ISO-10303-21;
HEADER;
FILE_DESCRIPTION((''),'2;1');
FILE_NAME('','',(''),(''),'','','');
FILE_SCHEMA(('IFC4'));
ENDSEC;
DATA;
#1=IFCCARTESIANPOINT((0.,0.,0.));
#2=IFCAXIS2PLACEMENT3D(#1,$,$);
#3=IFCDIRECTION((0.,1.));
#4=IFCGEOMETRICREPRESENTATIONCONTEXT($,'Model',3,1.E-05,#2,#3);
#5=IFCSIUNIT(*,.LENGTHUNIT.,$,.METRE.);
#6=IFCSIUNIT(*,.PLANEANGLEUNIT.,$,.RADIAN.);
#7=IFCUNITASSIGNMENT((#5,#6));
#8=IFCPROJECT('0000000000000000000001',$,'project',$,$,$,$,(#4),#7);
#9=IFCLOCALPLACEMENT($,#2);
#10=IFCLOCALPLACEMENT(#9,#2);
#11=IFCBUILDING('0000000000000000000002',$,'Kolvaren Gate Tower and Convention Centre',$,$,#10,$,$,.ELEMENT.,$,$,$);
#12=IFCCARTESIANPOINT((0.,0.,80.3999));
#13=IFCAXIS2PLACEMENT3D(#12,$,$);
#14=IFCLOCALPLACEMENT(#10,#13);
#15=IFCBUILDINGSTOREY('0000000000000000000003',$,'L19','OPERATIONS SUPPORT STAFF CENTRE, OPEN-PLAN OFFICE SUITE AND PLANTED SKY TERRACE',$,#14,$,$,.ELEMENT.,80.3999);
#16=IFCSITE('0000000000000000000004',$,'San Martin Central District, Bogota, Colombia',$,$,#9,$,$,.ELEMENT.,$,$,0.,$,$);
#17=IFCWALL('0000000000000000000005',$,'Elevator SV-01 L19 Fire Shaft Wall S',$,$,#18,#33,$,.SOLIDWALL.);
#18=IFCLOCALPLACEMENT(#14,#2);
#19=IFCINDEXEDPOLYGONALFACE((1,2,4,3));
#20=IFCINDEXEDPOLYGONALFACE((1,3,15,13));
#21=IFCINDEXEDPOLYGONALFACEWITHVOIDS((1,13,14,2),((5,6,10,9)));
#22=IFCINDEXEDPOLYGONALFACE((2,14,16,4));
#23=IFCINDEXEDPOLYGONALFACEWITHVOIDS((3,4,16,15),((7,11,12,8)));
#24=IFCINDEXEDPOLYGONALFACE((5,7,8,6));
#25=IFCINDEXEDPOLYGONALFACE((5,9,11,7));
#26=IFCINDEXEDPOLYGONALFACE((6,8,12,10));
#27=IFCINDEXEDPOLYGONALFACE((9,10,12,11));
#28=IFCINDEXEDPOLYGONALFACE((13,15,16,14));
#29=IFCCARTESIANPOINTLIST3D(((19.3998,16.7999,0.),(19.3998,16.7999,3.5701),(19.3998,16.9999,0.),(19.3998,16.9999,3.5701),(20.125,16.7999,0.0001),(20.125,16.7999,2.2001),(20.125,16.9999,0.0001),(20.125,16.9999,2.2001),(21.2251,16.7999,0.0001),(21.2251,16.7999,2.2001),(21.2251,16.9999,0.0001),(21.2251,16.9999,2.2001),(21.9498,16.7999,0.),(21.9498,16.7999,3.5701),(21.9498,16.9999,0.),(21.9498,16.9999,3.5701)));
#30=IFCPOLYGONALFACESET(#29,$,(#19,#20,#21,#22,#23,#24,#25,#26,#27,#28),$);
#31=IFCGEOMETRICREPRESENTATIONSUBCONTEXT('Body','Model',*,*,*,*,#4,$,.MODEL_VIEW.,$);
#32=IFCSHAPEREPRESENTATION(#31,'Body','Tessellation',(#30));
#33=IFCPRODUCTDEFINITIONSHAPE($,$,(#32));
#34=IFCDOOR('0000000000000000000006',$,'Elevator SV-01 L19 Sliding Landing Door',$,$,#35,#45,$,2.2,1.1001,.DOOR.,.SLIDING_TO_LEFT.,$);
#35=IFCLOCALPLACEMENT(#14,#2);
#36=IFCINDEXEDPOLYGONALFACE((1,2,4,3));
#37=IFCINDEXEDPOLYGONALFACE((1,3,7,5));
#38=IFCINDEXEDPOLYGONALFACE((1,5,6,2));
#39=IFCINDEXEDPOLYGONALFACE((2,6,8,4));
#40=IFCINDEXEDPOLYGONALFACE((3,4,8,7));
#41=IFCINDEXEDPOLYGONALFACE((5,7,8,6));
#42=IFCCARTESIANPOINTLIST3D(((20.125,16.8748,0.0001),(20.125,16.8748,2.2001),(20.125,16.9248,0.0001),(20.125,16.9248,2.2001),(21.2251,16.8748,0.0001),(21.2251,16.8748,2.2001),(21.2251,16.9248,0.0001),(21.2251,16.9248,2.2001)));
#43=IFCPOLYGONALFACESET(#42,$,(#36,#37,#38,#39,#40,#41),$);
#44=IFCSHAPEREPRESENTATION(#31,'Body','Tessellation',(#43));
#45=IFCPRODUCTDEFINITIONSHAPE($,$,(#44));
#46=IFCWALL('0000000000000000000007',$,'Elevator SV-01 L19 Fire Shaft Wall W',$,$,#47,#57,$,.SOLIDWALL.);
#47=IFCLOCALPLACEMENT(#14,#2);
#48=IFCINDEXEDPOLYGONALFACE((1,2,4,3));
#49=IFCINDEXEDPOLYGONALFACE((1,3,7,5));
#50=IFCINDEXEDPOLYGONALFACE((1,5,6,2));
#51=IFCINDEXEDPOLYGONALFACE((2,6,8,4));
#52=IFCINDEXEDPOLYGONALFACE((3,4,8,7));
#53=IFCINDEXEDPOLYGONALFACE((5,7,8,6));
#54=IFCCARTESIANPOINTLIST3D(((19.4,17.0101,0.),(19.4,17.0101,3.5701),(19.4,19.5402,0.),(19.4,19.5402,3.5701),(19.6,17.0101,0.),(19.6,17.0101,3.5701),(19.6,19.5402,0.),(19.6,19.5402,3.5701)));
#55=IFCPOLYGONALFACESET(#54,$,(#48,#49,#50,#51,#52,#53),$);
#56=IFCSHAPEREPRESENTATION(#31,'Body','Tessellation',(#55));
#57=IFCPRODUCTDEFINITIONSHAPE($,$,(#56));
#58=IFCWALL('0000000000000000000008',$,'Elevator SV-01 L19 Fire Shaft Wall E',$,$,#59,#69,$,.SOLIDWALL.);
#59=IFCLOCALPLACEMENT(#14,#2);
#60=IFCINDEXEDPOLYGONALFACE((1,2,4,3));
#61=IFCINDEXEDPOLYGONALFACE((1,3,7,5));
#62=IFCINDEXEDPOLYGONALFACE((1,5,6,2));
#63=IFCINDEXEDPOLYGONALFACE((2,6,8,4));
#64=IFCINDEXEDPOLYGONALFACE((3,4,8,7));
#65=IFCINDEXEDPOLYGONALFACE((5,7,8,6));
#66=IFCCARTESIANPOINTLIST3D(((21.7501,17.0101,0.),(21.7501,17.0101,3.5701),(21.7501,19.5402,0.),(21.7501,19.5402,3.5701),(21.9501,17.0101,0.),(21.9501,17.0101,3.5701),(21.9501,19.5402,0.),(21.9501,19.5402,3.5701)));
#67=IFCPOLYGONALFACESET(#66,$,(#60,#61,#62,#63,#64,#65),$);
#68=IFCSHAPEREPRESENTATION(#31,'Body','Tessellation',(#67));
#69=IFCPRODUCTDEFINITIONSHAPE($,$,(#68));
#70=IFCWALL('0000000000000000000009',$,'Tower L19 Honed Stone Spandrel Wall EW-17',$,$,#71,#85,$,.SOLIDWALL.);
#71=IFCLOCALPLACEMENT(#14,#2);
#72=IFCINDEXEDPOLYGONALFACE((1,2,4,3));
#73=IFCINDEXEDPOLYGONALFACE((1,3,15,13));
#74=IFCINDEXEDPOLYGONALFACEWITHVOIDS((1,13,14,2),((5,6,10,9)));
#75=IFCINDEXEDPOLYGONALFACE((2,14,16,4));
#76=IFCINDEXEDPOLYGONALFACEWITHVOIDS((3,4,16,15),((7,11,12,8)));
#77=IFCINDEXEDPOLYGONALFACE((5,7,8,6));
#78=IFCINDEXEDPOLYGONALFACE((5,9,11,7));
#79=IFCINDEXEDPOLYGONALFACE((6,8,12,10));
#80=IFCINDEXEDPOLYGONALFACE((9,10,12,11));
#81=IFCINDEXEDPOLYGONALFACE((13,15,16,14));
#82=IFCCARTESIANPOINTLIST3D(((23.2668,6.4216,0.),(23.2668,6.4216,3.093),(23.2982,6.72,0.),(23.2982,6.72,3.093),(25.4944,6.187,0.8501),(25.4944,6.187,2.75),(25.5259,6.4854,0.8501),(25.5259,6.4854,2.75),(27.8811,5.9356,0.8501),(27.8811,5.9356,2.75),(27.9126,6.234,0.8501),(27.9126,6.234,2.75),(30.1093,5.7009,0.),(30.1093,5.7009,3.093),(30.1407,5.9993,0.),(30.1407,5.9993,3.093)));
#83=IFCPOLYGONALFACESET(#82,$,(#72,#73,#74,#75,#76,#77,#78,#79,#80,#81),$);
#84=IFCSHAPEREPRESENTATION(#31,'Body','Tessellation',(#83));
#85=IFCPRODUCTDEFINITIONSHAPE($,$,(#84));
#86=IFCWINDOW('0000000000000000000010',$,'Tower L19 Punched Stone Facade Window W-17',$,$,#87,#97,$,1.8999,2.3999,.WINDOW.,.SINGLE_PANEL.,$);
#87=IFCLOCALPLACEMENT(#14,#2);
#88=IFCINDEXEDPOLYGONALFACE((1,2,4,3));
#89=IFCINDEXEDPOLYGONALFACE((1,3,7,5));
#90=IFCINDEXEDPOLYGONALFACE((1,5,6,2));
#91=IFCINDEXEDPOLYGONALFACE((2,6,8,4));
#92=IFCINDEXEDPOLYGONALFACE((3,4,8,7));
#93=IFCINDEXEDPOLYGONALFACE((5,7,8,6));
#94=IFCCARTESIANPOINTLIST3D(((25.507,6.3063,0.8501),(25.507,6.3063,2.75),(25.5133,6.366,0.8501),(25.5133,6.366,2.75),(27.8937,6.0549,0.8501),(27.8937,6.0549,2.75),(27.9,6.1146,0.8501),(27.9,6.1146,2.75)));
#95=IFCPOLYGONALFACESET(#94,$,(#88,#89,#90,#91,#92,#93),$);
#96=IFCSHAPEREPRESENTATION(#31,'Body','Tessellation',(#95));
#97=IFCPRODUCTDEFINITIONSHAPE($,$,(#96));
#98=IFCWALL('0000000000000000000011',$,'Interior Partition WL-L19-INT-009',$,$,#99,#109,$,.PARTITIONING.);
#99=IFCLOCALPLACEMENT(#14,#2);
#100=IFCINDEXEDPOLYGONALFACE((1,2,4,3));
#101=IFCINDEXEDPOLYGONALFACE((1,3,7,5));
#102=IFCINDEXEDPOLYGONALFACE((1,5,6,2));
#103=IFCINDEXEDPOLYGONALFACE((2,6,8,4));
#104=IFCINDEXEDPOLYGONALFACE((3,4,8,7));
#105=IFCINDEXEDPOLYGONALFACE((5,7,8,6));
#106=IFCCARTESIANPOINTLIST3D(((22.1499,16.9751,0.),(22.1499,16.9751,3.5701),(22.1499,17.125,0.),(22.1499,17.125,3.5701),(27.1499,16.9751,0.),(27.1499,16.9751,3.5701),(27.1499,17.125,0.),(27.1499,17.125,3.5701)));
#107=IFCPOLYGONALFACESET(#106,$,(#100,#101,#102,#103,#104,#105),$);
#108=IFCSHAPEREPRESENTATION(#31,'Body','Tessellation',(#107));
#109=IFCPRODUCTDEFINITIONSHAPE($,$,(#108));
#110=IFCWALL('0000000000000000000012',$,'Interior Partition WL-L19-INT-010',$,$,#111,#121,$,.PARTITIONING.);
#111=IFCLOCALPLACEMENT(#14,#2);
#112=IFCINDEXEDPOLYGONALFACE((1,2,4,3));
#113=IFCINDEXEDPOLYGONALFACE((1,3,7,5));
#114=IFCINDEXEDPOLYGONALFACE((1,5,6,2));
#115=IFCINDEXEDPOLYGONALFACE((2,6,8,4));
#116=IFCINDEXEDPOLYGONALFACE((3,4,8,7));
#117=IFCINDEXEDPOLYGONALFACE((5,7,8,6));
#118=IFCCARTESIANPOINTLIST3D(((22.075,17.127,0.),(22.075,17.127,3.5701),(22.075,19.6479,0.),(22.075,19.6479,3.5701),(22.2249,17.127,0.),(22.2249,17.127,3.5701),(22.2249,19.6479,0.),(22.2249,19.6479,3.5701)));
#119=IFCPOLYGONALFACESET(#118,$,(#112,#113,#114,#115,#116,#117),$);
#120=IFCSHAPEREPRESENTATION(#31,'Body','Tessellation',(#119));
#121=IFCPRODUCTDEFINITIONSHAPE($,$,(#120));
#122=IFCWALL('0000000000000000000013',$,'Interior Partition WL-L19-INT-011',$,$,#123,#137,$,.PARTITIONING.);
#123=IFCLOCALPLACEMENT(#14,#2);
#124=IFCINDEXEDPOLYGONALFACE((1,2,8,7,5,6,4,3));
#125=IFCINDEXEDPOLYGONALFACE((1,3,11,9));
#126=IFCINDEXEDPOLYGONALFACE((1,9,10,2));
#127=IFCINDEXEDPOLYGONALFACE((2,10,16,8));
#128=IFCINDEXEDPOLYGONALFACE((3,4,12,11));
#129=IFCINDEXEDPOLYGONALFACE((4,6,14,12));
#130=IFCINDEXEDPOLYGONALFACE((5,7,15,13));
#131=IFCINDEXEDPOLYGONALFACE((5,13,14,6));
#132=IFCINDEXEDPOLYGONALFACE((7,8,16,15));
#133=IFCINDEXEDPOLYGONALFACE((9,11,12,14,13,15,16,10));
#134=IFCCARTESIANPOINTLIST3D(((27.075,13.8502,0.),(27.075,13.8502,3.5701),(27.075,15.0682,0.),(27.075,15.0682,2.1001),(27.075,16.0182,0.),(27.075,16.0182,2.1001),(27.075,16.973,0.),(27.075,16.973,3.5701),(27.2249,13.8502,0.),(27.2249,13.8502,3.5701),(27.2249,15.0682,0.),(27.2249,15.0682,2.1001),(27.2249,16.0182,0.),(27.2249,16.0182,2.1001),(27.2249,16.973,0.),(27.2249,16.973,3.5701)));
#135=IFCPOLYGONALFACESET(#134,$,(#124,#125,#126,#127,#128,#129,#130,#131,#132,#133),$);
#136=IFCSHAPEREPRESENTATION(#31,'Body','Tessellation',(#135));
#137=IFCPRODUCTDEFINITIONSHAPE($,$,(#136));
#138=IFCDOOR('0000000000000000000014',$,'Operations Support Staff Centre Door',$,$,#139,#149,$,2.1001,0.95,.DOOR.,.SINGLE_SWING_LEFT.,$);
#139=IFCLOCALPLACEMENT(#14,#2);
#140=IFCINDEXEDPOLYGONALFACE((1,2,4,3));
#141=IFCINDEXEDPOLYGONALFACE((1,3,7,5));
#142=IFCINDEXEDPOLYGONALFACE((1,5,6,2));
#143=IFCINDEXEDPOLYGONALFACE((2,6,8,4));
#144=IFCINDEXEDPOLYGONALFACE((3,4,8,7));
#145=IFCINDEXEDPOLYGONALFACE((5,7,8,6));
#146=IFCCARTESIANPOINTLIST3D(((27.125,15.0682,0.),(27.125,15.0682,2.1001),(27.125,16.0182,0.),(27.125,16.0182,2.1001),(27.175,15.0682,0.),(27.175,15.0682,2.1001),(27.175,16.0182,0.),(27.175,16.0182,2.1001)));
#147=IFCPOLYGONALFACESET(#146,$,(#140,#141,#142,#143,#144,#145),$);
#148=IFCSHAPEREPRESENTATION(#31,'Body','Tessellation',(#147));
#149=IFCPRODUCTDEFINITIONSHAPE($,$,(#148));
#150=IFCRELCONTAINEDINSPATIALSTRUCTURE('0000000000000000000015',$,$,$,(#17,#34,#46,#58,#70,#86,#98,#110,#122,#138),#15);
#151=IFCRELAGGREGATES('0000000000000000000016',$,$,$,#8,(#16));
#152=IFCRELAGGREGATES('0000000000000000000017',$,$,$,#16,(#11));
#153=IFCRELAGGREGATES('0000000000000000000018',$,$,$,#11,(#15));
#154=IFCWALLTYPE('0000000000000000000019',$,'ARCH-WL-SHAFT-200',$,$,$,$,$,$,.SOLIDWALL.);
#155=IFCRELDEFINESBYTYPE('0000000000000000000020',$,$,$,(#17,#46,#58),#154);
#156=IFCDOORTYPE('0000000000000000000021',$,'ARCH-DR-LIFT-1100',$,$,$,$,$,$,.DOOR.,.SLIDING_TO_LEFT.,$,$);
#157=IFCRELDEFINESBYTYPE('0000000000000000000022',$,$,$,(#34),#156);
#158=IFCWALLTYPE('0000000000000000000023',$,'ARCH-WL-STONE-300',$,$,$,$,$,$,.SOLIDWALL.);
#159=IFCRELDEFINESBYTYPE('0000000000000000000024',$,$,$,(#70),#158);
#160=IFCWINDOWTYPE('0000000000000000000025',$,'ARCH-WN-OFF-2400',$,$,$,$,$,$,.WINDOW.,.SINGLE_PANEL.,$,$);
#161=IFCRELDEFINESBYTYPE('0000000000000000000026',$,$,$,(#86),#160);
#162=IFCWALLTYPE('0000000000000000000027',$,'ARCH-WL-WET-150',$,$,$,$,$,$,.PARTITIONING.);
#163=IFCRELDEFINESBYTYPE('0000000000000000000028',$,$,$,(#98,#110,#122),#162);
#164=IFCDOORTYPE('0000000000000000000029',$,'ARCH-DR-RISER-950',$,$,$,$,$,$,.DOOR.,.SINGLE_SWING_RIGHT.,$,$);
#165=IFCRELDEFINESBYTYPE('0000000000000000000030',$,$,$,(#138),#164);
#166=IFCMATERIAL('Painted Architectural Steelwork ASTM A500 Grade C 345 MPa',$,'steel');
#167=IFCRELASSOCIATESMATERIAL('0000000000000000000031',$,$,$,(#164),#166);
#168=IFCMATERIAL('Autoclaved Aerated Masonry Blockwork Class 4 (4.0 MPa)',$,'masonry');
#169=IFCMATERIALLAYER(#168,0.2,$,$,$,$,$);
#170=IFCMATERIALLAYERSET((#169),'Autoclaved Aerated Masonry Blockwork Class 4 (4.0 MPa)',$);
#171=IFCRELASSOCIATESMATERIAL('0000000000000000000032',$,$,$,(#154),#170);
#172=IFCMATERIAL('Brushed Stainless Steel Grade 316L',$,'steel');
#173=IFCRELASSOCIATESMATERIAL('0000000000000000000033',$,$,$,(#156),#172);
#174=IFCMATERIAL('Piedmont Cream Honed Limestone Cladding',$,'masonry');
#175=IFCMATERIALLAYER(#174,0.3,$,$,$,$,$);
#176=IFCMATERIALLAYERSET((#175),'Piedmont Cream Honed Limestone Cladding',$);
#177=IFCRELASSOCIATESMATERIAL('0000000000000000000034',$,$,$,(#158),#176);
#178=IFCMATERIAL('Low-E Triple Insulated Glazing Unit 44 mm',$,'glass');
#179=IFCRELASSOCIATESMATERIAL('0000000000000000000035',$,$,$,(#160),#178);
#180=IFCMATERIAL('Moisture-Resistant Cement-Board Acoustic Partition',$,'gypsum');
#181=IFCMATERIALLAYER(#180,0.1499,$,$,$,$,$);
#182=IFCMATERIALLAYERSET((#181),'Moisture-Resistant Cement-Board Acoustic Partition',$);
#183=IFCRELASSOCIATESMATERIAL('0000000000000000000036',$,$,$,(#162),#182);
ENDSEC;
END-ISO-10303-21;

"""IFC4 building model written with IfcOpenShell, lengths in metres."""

from ifc_helpers import new_model, si_unit, direction, frame, frame_2d, origin, place, context, subcontext, project, spatial, rectangle, extrude, material, layer, layer_set, type_object, element, fill, save


model = new_model("IFC4")

# Units and contexts
model_context = context("Model", 3, precision=1e-05, world=origin(), true_north=direction((0.0, 1.0)))
body_context = subcontext(model_context, "Body", "Model", "MODEL_VIEW")
ifc_project = project(units=[si_unit("LENGTHUNIT", "METRE"), si_unit("PLANEANGLEUNIT", "RADIAN")], contexts=[model_context])

# Site, building, storey
site_placement = place(None, origin())
site = spatial("IfcSite", under=ifc_project, at=site_placement, Name="San Martin Central District, Bogota, Colombia", CompositionType="ELEMENT", RefElevation=0.0)
building_placement = place(site_placement, origin())
building = spatial("IfcBuilding", under=site, at=building_placement, Name="Kolvaren Gate Tower and Convention Centre", CompositionType="ELEMENT")
storey_placement = place(building_placement, frame((0.0, 0.0, 80.3999)))
storey = spatial("IfcBuildingStorey", under=building, at=storey_placement, Name="L19", Description="OPERATIONS SUPPORT STAFF CENTRE, OPEN-PLAN OFFICE SUITE AND PLANTED SKY TERRACE", CompositionType="ELEMENT", Elevation=80.3999)

# Shared definitions
ifc_material_1 = material(Name="Painted Architectural Steelwork ASTM A500 Grade C 345 MPa", Category="steel")
door_type_1 = type_object("IfcDoorType", Name="ARCH-DR-RISER-950", OperationType="SINGLE_SWING_RIGHT", PredefinedType="DOOR", material=ifc_material_1)

# Wall, opening, door
ifc_material_2 = material(Name="Autoclaved Aerated Masonry Blockwork Class 4 (4.0 MPa)", Category="masonry")
ifc_layer_1 = layer(ifc_material_2, 0.2)
ifc_layer_set_1 = layer_set([ifc_layer_1], Name="Autoclaved Aerated Masonry Blockwork Class 4 (4.0 MPa)")
wall_type_1 = type_object("IfcWallType", Name="ARCH-WL-SHAFT-200", PredefinedType="SOLIDWALL", material=ifc_layer_set_1)
wall_1_placement = place(storey_placement, frame((19.3999, 16.8999, 0.0), z_axis=(0.0, 0.0, 1.0), x_axis=(1.0, 0.0, 0.0)))
wall_1 = element("IfcWall", 1, at=wall_1_placement, inside=storey, type_object=wall_type_1, Name="Elevator SV-01 L19 Fire Shaft Wall S", PredefinedType="SOLIDWALL", context=body_context, shape_type="SweptSolid", body=[
    extrude(rectangle(XDim=2.55, YDim=0.2, at=frame_2d((1.2749, 0.0))), origin(), (0.0, 0.0, 1.0), 3.5701),
])
opening_1_placement = place(wall_1_placement, frame((0.7251, 0.0, 0.0)))
opening_1 = element("IfcOpeningElement", 2, at=opening_1_placement, cuts=wall_1, PredefinedType="OPENING", context=body_context, shape_type="SweptSolid", body=[
    extrude(rectangle(XDim=1.1001, YDim=2.2, at=frame_2d((0.55, 1.1001))), frame((0.0, 0.1099, 0.0), z_axis=(0.0, -1.0, 0.0), x_axis=(1.0, 0.0, 0.0)), (0.0, 0.0, 1.0), 0.22),
])
ifc_material_3 = material(Name="Brushed Stainless Steel Grade 316L", Category="steel")
door_type_2 = type_object("IfcDoorType", Name="ARCH-DR-LIFT-1100", OperationType="SLIDING_TO_LEFT", PredefinedType="DOOR", material=ifc_material_3)
door_1_placement = place(opening_1_placement, origin())
door_1 = element("IfcDoor", 3, at=door_1_placement, inside=storey, type_object=door_type_2, Name="Elevator SV-01 L19 Sliding Landing Door", OperationType="SLIDING_TO_LEFT", OverallHeight=2.2, OverallWidth=1.1001, PredefinedType="DOOR", context=body_context, shape_type="SweptSolid", body=[
    extrude(rectangle(XDim=1.1001, YDim=2.2, at=frame_2d((0.55, 1.1001))), frame((0.0, 0.0249, 0.0), z_axis=(0.0, -1.0, 0.0), x_axis=(1.0, 0.0, 0.0)), (0.0, 0.0, 1.0), 0.05),
])
fill(opening_1, door_1)

# Walls
for number, where, z_axis, x_axis, name in (
    (4, (19.5, 17.01, 0.0), (0.0, 0.0, 1.0), (0.0, 1.0, 0.0), "Elevator SV-01 L19 Fire Shaft Wall W"),
    (5, (21.8501, 17.01, 0.0), (0.0, 0.0, 1.0), (0.0, 1.0, 0.0), "Elevator SV-01 L19 Fire Shaft Wall E"),
):
    element("IfcWall", number, at=place(storey_placement, frame(where, z_axis=z_axis, x_axis=x_axis)), inside=storey, type_object=wall_type_1, Name=name, PredefinedType="SOLIDWALL", context=body_context, shape_type="SweptSolid", body=[
        extrude(rectangle(XDim=2.53, YDim=0.2, at=frame_2d((1.2651, 0.0))), origin(), (0.0, 0.0, 1.0), 3.5701),
    ])

# Wall, opening, window
ifc_material_4 = material(Name="Piedmont Cream Honed Limestone Cladding", Category="masonry")
ifc_layer_2 = layer(ifc_material_4, 0.3)
ifc_layer_set_2 = layer_set([ifc_layer_2], Name="Piedmont Cream Honed Limestone Cladding")
wall_type_2 = type_object("IfcWallType", Name="ARCH-WL-STONE-300", PredefinedType="SOLIDWALL", material=ifc_layer_set_2)
wall_2_placement = place(storey_placement, frame((23.2825, 6.5708, 0.0), z_axis=(0.0, 0.0, 1.0), x_axis=(0.994499, -0.104748, 0.0)))
wall_2 = element("IfcWall", 6, at=wall_2_placement, inside=storey, type_object=wall_type_2, Name="Tower L19 Honed Stone Spandrel Wall EW-17", PredefinedType="SOLIDWALL", context=body_context, shape_type="SweptSolid", body=[
    extrude(rectangle(XDim=6.8804, YDim=0.3, at=frame_2d((3.4402, 0.0))), origin(), (0.0, 0.0, 1.0), 3.093),
])
opening_2_placement = place(wall_2_placement, frame((2.24, 0.0, 0.8501)))
opening_2 = element("IfcOpeningElement", 7, at=opening_2_placement, cuts=wall_2, PredefinedType="OPENING", context=body_context, shape_type="SweptSolid", body=[
    extrude(rectangle(XDim=2.3999, YDim=1.8999, at=frame_2d((1.2, 0.95))), frame((0.0, 0.1599, 0.0), z_axis=(0.0, -1.0, 0.0), x_axis=(1.0, 0.0, 0.0)), (0.0, 0.0, 1.0), 0.3201),
])
ifc_material_5 = material(Name="Low-E Triple Insulated Glazing Unit 44 mm", Category="glass")
window_type = type_object("IfcWindowType", Name="ARCH-WN-OFF-2400", PartitioningType="SINGLE_PANEL", PredefinedType="WINDOW", material=ifc_material_5)
window_placement = place(opening_2_placement, origin())
window = element("IfcWindow", 8, at=window_placement, inside=storey, type_object=window_type, Name="Tower L19 Punched Stone Facade Window W-17", OverallHeight=1.8999, OverallWidth=2.3999, PartitioningType="SINGLE_PANEL", PredefinedType="WINDOW", context=body_context, shape_type="SweptSolid", body=[
    extrude(rectangle(XDim=2.3999, YDim=1.8999, at=frame_2d((1.2, 0.95))), frame((0.0, 0.03, 0.0), z_axis=(0.0, -1.0, 0.0), x_axis=(1.0, 0.0, 0.0)), (0.0, 0.0, 1.0), 0.0601),
])
fill(opening_2, window)

# Walls
ifc_material_6 = material(Name="Moisture-Resistant Cement-Board Acoustic Partition", Category="gypsum")
ifc_layer_3 = layer(ifc_material_6, 0.1499)
ifc_layer_set_3 = layer_set([ifc_layer_3], Name="Moisture-Resistant Cement-Board Acoustic Partition")
wall_type_3 = type_object("IfcWallType", Name="ARCH-WL-WET-150", PredefinedType="PARTITIONING", material=ifc_layer_set_3)
wall_3_placement = place(storey_placement, frame((22.1499, 17.05, 0.0), z_axis=(0.0, 0.0, 1.0), x_axis=(1.0, 0.0, 0.0)))
element("IfcWall", 9, at=wall_3_placement, inside=storey, type_object=wall_type_3, Name="Interior Partition WL-L19-INT-009", PredefinedType="PARTITIONING", context=body_context, shape_type="SweptSolid", body=[
    extrude(rectangle(XDim=5.0, YDim=0.1499, at=frame_2d((2.5, 0.0))), origin(), (0.0, 0.0, 1.0), 3.5701),
])
wall_4_placement = place(storey_placement, frame((22.1499, 17.127, 0.0), z_axis=(0.0, 0.0, 1.0), x_axis=(0.0, 1.0, 0.0)))
element("IfcWall", 10, at=wall_4_placement, inside=storey, type_object=wall_type_3, Name="Interior Partition WL-L19-INT-010", PredefinedType="PARTITIONING", context=body_context, shape_type="SweptSolid", body=[
    extrude(rectangle(XDim=2.521, YDim=0.1499, at=frame_2d((1.2605, 0.0))), origin(), (0.0, 0.0, 1.0), 3.5701),
])

# Wall, opening, door
wall_5_placement = place(storey_placement, frame((27.1499, 13.8501, 0.0), z_axis=(0.0, 0.0, 1.0), x_axis=(0.0, 1.0, 0.0)))
wall_5 = element("IfcWall", 11, at=wall_5_placement, inside=storey, type_object=wall_type_3, Name="Interior Partition WL-L19-INT-011", PredefinedType="PARTITIONING", context=body_context, shape_type="SweptSolid", body=[
    extrude(rectangle(XDim=3.1228, YDim=0.1499, at=frame_2d((1.5615, 0.0))), origin(), (0.0, 0.0, 1.0), 3.5701),
])
opening_3_placement = place(wall_5_placement, frame((1.218, 0.0, 0.0)))
opening_3 = element("IfcOpeningElement", 12, at=opening_3_placement, cuts=wall_5, PredefinedType="OPENING", context=body_context, shape_type="SweptSolid", body=[
    extrude(rectangle(XDim=0.95, YDim=2.1001, at=frame_2d((0.4751, 1.05))), frame((0.0, 0.085, 0.0), z_axis=(0.0, -1.0, 0.0), x_axis=(1.0, 0.0, 0.0)), (0.0, 0.0, 1.0), 0.1699),
])
door_2_placement = place(opening_3_placement, origin())
door_2 = element("IfcDoor", 13, at=door_2_placement, inside=storey, type_object=door_type_1, Name="Operations Support Staff Centre Door", OperationType="SINGLE_SWING_LEFT", OverallHeight=2.1001, OverallWidth=0.95, PredefinedType="DOOR", context=body_context, shape_type="SweptSolid", body=[
    extrude(rectangle(XDim=0.95, YDim=2.1001, at=frame_2d((0.4751, 1.05))), frame((0.0, 0.0249, 0.0), z_axis=(0.0, -1.0, 0.0), x_axis=(1.0, 0.0, 0.0)), (0.0, 0.0, 1.0), 0.05),
])
fill(opening_3, door_2)

save(model, "model.ifc")
